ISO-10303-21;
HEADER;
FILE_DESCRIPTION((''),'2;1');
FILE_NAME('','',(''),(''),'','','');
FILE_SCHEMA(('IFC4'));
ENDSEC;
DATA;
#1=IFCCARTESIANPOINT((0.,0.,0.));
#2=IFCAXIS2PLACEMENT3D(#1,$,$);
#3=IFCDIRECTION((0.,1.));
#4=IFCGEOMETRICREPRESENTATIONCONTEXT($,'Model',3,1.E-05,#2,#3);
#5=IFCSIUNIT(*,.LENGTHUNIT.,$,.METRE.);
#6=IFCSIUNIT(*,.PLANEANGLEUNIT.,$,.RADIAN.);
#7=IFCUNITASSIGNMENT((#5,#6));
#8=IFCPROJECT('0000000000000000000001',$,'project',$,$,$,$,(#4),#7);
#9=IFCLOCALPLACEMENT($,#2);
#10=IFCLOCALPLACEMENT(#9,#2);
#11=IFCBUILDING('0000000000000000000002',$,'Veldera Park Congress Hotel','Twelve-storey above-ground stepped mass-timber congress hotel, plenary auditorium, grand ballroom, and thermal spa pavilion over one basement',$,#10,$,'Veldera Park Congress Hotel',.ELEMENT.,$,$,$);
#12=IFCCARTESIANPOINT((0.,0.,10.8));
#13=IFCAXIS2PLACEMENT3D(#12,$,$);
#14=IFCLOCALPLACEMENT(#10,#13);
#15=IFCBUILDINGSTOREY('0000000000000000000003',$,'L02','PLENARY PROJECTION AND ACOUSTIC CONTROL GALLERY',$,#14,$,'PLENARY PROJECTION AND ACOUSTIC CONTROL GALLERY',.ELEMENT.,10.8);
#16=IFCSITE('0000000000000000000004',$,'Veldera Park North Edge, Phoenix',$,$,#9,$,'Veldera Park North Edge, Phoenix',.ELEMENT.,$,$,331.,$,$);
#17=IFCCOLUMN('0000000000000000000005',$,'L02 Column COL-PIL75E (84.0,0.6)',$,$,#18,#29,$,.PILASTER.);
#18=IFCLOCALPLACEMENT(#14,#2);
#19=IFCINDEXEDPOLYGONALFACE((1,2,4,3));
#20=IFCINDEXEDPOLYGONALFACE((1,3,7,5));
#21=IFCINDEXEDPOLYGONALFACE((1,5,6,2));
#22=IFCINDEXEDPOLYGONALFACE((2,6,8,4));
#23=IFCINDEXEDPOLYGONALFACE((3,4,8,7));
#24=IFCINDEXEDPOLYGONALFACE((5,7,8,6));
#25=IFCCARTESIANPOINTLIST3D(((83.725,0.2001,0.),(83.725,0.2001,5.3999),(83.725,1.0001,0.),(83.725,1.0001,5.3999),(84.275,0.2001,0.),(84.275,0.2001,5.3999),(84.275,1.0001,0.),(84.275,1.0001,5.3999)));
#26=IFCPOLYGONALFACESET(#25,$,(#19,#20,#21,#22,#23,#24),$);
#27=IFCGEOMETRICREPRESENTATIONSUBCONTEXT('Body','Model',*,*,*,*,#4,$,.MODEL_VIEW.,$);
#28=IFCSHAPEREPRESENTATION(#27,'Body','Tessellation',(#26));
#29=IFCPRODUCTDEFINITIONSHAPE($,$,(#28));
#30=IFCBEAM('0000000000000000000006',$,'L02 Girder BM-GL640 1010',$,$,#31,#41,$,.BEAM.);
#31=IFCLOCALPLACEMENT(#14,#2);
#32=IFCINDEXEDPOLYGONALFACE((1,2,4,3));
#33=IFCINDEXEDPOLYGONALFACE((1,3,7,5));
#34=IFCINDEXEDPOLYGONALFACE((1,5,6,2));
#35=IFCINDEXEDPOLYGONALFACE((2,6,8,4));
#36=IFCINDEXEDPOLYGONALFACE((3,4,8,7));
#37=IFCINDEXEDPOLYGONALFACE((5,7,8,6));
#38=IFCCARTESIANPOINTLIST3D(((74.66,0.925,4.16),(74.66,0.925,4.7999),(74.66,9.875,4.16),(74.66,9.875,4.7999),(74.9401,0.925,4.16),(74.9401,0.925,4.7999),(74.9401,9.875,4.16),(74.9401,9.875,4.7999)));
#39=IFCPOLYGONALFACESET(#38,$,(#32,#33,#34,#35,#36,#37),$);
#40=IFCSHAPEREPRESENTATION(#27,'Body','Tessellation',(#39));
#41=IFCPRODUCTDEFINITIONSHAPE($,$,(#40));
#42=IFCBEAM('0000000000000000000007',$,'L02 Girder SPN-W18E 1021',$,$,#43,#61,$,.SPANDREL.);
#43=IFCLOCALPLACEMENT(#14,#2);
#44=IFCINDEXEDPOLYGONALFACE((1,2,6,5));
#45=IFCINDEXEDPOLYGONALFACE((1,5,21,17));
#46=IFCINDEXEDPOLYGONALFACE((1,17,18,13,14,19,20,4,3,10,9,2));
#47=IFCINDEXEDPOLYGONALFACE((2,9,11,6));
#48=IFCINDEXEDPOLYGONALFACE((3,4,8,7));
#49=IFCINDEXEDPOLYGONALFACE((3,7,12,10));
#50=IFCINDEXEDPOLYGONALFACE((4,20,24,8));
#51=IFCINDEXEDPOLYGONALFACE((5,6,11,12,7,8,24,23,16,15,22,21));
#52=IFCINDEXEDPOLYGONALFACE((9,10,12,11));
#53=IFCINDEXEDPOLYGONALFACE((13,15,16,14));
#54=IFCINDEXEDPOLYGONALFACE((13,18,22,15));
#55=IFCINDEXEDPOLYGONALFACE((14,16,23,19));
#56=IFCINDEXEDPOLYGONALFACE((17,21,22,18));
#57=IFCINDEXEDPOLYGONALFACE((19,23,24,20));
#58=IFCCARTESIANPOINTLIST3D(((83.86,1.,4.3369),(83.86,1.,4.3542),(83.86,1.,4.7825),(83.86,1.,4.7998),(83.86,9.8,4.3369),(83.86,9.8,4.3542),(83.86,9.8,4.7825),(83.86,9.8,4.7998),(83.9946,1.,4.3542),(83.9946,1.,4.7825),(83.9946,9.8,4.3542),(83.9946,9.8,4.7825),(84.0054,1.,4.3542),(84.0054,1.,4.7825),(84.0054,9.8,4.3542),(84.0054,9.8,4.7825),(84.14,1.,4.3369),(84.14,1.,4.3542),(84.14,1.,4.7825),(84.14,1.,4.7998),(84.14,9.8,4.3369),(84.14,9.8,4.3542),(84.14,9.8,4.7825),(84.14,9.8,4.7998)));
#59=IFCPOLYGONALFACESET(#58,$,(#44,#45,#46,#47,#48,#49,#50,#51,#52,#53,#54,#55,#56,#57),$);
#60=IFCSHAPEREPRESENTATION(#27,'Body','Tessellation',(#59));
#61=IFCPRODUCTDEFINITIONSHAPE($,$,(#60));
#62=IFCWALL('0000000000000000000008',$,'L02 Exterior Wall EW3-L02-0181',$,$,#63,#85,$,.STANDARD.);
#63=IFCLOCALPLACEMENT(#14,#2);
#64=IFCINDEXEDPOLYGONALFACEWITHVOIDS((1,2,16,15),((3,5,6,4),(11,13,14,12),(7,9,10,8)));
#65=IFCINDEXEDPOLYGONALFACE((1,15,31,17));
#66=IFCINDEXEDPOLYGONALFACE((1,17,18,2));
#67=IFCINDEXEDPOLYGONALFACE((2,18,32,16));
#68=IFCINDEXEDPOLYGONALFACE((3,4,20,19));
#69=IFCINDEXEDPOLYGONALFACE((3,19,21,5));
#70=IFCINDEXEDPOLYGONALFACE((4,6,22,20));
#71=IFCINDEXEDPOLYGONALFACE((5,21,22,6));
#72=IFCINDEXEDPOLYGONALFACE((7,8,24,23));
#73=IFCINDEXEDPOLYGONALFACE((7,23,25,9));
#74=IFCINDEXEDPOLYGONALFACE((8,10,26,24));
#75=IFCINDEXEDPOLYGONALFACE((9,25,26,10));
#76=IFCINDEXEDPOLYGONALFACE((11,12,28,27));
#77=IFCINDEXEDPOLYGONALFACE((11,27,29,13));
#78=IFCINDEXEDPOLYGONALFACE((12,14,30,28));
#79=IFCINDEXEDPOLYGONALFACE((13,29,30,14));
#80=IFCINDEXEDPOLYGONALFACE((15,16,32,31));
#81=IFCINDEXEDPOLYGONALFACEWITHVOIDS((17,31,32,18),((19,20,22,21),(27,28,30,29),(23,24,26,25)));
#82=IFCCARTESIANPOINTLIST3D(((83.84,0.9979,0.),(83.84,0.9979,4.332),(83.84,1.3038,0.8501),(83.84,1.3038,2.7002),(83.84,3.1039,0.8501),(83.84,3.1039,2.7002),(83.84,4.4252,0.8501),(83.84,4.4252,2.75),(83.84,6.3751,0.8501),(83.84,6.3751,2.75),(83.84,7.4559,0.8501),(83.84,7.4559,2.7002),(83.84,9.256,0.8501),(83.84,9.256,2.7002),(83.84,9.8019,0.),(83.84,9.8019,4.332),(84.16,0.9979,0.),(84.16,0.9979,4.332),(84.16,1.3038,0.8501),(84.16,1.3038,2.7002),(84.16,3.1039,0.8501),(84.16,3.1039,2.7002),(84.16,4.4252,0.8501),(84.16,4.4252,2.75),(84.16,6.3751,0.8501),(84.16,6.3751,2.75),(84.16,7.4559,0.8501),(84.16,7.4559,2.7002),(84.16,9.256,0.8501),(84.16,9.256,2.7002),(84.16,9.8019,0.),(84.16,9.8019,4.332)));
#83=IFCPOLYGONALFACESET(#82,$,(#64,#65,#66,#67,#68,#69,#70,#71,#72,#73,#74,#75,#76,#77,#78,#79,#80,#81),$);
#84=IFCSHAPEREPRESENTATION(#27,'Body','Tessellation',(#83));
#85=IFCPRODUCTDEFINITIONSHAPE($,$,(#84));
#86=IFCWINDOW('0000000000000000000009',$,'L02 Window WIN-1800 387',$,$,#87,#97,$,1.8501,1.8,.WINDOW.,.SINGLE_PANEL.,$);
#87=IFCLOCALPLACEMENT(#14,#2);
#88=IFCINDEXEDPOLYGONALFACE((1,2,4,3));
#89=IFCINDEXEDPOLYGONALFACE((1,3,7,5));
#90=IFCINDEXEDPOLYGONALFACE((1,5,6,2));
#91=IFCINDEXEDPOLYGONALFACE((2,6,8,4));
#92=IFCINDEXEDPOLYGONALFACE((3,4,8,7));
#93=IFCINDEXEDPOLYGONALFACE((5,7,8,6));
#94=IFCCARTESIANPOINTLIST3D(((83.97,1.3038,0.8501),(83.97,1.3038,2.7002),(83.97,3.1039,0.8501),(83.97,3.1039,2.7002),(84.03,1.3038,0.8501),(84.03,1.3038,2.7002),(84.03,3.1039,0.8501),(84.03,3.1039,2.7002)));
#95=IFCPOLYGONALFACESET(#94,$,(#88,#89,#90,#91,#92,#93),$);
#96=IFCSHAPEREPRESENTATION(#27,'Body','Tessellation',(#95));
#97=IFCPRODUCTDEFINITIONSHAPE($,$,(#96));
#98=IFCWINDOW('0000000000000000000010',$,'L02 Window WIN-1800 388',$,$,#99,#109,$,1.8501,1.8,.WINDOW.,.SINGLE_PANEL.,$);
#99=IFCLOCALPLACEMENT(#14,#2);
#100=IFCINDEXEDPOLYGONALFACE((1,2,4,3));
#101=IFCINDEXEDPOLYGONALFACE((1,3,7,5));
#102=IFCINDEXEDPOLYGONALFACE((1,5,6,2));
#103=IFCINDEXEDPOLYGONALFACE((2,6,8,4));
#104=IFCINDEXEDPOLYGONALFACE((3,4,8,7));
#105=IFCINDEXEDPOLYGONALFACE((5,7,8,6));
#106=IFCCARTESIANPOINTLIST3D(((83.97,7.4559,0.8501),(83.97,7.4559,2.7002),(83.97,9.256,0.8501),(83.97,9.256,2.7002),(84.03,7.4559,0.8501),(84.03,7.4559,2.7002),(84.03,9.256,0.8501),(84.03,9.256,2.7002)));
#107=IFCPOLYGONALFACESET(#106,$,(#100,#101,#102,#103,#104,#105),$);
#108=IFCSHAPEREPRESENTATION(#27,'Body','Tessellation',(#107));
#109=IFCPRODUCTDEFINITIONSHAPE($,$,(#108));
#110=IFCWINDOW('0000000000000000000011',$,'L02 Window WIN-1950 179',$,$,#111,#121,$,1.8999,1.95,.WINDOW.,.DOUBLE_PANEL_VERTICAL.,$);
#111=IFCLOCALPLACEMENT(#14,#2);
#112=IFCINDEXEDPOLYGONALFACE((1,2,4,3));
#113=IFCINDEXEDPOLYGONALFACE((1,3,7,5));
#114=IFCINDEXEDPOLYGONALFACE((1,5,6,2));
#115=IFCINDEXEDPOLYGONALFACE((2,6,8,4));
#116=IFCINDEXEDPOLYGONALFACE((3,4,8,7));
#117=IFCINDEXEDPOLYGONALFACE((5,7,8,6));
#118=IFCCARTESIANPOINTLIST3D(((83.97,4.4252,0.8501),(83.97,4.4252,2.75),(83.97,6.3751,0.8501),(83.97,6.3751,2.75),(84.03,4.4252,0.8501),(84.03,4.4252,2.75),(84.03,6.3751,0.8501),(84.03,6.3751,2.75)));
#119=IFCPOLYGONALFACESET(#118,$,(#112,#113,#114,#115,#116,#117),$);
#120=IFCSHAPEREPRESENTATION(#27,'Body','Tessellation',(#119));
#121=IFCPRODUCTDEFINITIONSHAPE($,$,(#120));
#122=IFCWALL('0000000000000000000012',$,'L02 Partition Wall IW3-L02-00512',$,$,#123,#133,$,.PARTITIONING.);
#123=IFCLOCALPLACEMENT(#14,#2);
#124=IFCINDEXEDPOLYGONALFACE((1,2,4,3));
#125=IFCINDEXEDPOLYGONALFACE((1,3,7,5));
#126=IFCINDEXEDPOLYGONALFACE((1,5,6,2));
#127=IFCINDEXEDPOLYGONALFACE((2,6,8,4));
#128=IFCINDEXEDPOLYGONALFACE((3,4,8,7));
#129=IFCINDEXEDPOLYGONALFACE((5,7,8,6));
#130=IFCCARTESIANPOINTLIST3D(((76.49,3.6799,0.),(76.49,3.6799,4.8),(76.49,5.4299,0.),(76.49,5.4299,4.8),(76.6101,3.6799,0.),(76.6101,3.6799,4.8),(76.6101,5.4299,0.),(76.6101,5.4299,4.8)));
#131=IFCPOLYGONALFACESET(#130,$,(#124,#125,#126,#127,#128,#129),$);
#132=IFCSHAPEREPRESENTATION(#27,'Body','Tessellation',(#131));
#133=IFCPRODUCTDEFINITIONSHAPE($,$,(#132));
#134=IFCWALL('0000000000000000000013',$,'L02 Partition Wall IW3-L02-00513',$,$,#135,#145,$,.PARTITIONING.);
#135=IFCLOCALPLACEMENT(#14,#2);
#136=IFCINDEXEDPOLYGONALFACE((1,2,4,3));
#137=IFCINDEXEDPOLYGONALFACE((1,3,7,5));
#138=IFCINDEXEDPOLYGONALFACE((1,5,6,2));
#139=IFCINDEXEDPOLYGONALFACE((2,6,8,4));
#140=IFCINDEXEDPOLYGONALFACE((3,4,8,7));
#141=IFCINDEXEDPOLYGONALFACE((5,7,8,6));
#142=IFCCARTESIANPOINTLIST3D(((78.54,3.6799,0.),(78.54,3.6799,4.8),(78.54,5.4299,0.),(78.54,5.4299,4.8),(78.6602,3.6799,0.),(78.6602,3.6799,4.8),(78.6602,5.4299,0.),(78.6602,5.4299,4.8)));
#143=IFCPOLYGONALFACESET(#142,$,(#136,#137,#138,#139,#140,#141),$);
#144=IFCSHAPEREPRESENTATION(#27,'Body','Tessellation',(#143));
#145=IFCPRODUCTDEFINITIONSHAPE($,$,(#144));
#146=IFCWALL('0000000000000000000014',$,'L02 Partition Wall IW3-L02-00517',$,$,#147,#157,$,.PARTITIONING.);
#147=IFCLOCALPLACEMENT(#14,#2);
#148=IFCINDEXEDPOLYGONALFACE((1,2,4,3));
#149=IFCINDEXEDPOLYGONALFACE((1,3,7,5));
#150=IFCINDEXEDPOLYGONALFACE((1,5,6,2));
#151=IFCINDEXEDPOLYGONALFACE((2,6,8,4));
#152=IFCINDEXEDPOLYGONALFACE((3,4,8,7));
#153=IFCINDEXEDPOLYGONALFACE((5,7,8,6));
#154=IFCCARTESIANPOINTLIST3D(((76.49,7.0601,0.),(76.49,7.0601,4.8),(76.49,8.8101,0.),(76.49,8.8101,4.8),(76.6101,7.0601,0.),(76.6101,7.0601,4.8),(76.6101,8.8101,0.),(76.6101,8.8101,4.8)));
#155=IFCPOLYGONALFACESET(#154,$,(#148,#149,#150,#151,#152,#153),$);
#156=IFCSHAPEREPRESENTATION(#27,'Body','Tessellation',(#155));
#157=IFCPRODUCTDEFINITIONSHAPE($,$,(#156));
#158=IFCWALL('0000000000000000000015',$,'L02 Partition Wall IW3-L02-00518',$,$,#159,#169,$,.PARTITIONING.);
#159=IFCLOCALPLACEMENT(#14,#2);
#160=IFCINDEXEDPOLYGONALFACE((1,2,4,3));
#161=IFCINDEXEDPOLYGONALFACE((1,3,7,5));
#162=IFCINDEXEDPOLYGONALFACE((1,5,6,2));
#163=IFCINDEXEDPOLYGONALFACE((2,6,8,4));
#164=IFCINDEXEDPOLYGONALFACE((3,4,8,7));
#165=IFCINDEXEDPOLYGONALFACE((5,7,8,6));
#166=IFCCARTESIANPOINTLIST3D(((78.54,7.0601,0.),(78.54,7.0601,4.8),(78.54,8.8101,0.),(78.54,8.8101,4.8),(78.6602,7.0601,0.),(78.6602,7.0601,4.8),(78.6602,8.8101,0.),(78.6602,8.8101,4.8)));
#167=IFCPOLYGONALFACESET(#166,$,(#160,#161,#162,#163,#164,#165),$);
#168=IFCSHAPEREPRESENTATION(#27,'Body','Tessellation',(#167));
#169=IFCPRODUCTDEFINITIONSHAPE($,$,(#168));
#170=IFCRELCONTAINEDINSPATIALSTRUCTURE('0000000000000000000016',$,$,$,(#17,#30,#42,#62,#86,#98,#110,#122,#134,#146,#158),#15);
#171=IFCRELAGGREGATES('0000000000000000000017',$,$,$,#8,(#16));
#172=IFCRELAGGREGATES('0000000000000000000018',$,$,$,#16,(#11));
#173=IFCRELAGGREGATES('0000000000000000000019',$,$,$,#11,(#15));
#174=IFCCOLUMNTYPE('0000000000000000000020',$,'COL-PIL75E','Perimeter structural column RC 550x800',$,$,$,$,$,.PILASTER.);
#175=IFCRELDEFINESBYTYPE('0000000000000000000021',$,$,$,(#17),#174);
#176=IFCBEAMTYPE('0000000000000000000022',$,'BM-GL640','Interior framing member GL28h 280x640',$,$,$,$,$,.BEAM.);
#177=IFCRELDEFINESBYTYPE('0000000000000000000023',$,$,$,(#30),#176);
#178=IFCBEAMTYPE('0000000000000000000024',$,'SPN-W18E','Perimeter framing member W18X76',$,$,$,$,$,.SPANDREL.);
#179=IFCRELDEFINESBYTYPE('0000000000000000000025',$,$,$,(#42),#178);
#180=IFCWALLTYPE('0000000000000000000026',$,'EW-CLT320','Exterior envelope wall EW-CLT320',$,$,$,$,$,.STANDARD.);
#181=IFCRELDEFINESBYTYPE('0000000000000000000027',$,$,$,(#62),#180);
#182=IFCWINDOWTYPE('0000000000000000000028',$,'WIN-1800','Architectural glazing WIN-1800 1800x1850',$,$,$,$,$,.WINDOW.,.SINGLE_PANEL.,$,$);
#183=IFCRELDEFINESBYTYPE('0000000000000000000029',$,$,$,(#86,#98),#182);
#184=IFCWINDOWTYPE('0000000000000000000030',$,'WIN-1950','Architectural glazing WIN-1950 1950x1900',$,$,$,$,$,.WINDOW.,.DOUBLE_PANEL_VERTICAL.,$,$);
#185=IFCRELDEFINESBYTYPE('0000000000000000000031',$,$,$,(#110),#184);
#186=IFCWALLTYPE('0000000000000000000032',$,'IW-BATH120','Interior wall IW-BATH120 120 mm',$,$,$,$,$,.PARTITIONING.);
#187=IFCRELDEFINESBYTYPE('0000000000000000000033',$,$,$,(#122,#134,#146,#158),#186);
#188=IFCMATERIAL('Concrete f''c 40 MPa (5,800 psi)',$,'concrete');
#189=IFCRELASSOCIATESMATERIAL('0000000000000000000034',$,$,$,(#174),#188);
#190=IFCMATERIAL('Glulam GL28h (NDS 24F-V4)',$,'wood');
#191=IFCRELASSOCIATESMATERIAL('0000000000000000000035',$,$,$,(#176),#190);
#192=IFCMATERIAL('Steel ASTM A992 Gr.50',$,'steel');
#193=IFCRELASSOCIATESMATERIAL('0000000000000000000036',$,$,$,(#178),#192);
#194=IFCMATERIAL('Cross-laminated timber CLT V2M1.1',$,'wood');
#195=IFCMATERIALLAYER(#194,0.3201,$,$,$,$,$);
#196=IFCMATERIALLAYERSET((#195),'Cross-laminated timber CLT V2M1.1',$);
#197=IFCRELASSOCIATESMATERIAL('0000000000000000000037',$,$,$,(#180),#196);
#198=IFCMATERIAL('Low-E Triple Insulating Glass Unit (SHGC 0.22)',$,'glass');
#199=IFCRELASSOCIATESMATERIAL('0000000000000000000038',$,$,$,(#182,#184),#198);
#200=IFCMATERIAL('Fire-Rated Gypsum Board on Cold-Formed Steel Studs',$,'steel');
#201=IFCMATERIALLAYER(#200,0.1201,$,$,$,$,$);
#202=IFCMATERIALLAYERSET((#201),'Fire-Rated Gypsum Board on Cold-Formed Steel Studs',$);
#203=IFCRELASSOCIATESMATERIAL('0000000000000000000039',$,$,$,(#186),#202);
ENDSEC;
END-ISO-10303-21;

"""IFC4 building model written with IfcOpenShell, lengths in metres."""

from ifc_helpers import new_model, si_unit, direction, frame, frame_2d, origin, origin_2d, place, context, subcontext, project, spatial, rectangle, i_section, extrude, material, layer, layer_set, material_profile, profile_set, type_object, element, fill, save


model = new_model("IFC4")

# Units and contexts
model_context = context("Model", 3, precision=1e-05, world=origin(), true_north=direction((0.0, 1.0)))
body_context = subcontext(model_context, "Body", "Model", "MODEL_VIEW")
ifc_project = project(units=[si_unit("LENGTHUNIT", "METRE"), si_unit("PLANEANGLEUNIT", "RADIAN")], contexts=[model_context])

# Site, building, storey
site_placement = place(None, origin())
site = spatial("IfcSite", under=ifc_project, at=site_placement, Name="Veldera Park North Edge, Phoenix", LongName="Veldera Park North Edge, Phoenix", CompositionType="ELEMENT", RefElevation=331.0)
building_placement = place(site_placement, origin())
building = spatial("IfcBuilding", under=site, at=building_placement, Name="Veldera Park Congress Hotel", Description="Twelve-storey above-ground stepped mass-timber congress hotel, plenary auditorium, grand ballroom, and thermal spa pavilion over one basement", LongName="Veldera Park Congress Hotel", CompositionType="ELEMENT")
storey_placement = place(building_placement, frame((0.0, 0.0, 10.8)))
storey = spatial("IfcBuildingStorey", under=building, at=storey_placement, Name="L02", Description="PLENARY PROJECTION AND ACOUSTIC CONTROL GALLERY", LongName="PLENARY PROJECTION AND ACOUSTIC CONTROL GALLERY", CompositionType="ELEMENT", Elevation=10.8)

# Column
ifc_material_1 = material(Name="Concrete f'c 40 MPa (5,800 psi)", Category="concrete")
ifc_material_profile_1 = material_profile(ifc_material_1, rectangle(XDim=0.55, YDim=0.8, at=origin_2d()), Name="RC 550x800")
ifc_profile_set_1 = profile_set([ifc_material_profile_1], Name="Concrete f'c 40 MPa (5,800 psi)")
column_type = type_object("IfcColumnType", Name="COL-PIL75E", Description="Perimeter structural column RC 550x800", PredefinedType="PILASTER", material=ifc_profile_set_1)
column_placement = place(storey_placement, frame((84.0, 0.6001, 0.0), z_axis=(0.0, 0.0, 1.0), x_axis=(1.0, 0.0, 0.0)))
element("IfcColumn", 1, at=column_placement, inside=storey, type_object=column_type, Name="L02 Column COL-PIL75E (84.0,0.6)", PredefinedType="PILASTER", context=body_context, shape_type="SweptSolid", body=[
    extrude(rectangle(XDim=0.55, YDim=0.8, at=origin_2d()), origin(), (0.0, 0.0, 1.0), 5.3999),
])

# Beams
ifc_material_2 = material(Name="Glulam GL28h (NDS 24F-V4)", Category="wood")
ifc_material_profile_2 = material_profile(ifc_material_2, rectangle(XDim=0.28, YDim=0.6399, at=origin_2d()), Name="GL28h 280x640")
ifc_profile_set_2 = profile_set([ifc_material_profile_2], Name="Glulam GL28h (NDS 24F-V4)")
beam_type_1 = type_object("IfcBeamType", Name="BM-GL640", Description="Interior framing member GL28h 280x640", PredefinedType="BEAM", material=ifc_profile_set_2)
beam_1_placement = place(storey_placement, frame((74.8, 0.925, 4.48), z_axis=(0.0, 1.0, 0.0), x_axis=(-1.0, 0.0, 0.0)))
element("IfcBeam", 2, at=beam_1_placement, inside=storey, type_object=beam_type_1, Name="L02 Girder BM-GL640 1010", PredefinedType="BEAM", context=body_context, shape_type="SweptSolid", body=[
    extrude(rectangle(XDim=0.28, YDim=0.6399, at=origin_2d()), origin(), (0.0, 0.0, 1.0), 8.95),
])
ifc_material_3 = material(Name="Steel ASTM A992 Gr.50", Category="steel")
ifc_material_profile_3 = material_profile(ifc_material_3, i_section(OverallWidth=0.28, OverallDepth=0.4629, WebThickness=0.0107, FlangeThickness=0.0173, at=origin_2d()), Name="W18X76")
ifc_profile_set_3 = profile_set([ifc_material_profile_3], Name="Steel ASTM A992 Gr.50")
beam_type_2 = type_object("IfcBeamType", Name="SPN-W18E", Description="Perimeter framing member W18X76", PredefinedType="SPANDREL", material=ifc_profile_set_3)
beam_2_placement = place(storey_placement, frame((84.0, 1.0, 4.5684), z_axis=(0.0, 1.0, 0.0), x_axis=(-1.0, 0.0, 0.0)))
element("IfcBeam", 3, at=beam_2_placement, inside=storey, type_object=beam_type_2, Name="L02 Girder SPN-W18E 1021", PredefinedType="SPANDREL", context=body_context, shape_type="SweptSolid", body=[
    extrude(i_section(OverallWidth=0.28, OverallDepth=0.4629, WebThickness=0.0107, FlangeThickness=0.0173, at=origin_2d()), origin(), (0.0, 0.0, 1.0), 8.8),
])

# Wall, openings, windows
ifc_material_4 = material(Name="Cross-laminated timber CLT V2M1.1", Category="wood")
ifc_layer_1 = layer(ifc_material_4, 0.3201)
ifc_layer_set_1 = layer_set([ifc_layer_1], Name="Cross-laminated timber CLT V2M1.1")
wall_type_1 = type_object("IfcWallType", Name="EW-CLT320", Description="Exterior envelope wall EW-CLT320", PredefinedType="STANDARD", material=ifc_layer_set_1)
wall_1_placement = place(storey_placement, frame((84.0, 0.998, 0.0), z_axis=(0.0, 0.0, 1.0), x_axis=(0.0, 1.0, 0.0)))
wall_1 = element("IfcWall", 4, at=wall_1_placement, inside=storey, type_object=wall_type_1, Name="L02 Exterior Wall EW3-L02-0181", PredefinedType="STANDARD", context=body_context, shape_type="SweptSolid", body=[
    extrude(rectangle(XDim=8.804, YDim=0.3201, at=frame_2d((4.4019, 0.0))), origin(), (0.0, 0.0, 1.0), 4.332),
])
opening_1_placement = place(wall_1_placement, frame((3.427, 0.0, 0.8501)))
opening_1 = element("IfcOpeningElement", 5, at=opening_1_placement, cuts=wall_1, PredefinedType="OPENING", context=body_context, shape_type="SweptSolid", body=[
    extrude(rectangle(XDim=1.95, YDim=1.8999, at=frame_2d((0.9751, 0.95))), frame((0.0, 0.1721, 0.0), z_axis=(0.0, -1.0, 0.0), x_axis=(1.0, 0.0, 0.0)), (0.0, 0.0, 1.0), 0.344),
])
opening_2_placement = place(wall_1_placement, frame((0.3059, 0.0, 0.8501)))
opening_2 = element("IfcOpeningElement", 6, at=opening_2_placement, cuts=wall_1, PredefinedType="OPENING", context=body_context, shape_type="SweptSolid", body=[
    extrude(rectangle(XDim=1.8, YDim=1.8501, at=frame_2d((0.8999, 0.925))), frame((0.0, 0.1721, 0.0), z_axis=(0.0, -1.0, 0.0), x_axis=(1.0, 0.0, 0.0)), (0.0, 0.0, 1.0), 0.344),
])
opening_3_placement = place(wall_1_placement, frame((6.458, 0.0, 0.8501)))
opening_3 = element("IfcOpeningElement", 7, at=opening_3_placement, cuts=wall_1, PredefinedType="OPENING", context=body_context, shape_type="SweptSolid", body=[
    extrude(rectangle(XDim=1.8, YDim=1.8501, at=frame_2d((0.8999, 0.925))), frame((0.0, 0.1721, 0.0), z_axis=(0.0, -1.0, 0.0), x_axis=(1.0, 0.0, 0.0)), (0.0, 0.0, 1.0), 0.344),
])
ifc_material_5 = material(Name="Low-E Triple Insulating Glass Unit (SHGC 0.22)", Category="glass")
window_type_1 = type_object("IfcWindowType", Name="WIN-1800", Description="Architectural glazing WIN-1800 1800x1850", PartitioningType="SINGLE_PANEL", PredefinedType="WINDOW", material=ifc_material_5)
window_1_placement = place(opening_2_placement, origin())
window_1 = element("IfcWindow", 8, at=window_1_placement, inside=storey, type_object=window_type_1, Name="L02 Window WIN-1800 387", OverallHeight=1.8501, OverallWidth=1.8, PartitioningType="SINGLE_PANEL", PredefinedType="WINDOW", context=body_context, shape_type="SweptSolid", body=[
    extrude(rectangle(XDim=1.8, YDim=1.8501, at=frame_2d((0.8999, 0.925))), frame((0.0, 0.03, 0.0), z_axis=(0.0, -1.0, 0.0), x_axis=(1.0, 0.0, 0.0)), (0.0, 0.0, 1.0), 0.0601),
])
fill(opening_2, window_1)
window_2_placement = place(opening_3_placement, origin())
window_2 = element("IfcWindow", 9, at=window_2_placement, inside=storey, type_object=window_type_1, Name="L02 Window WIN-1800 388", OverallHeight=1.8501, OverallWidth=1.8, PartitioningType="SINGLE_PANEL", PredefinedType="WINDOW", context=body_context, shape_type="SweptSolid", body=[
    extrude(rectangle(XDim=1.8, YDim=1.8501, at=frame_2d((0.8999, 0.925))), frame((0.0, 0.03, 0.0), z_axis=(0.0, -1.0, 0.0), x_axis=(1.0, 0.0, 0.0)), (0.0, 0.0, 1.0), 0.0601),
])
fill(opening_3, window_2)
window_type_2 = type_object("IfcWindowType", Name="WIN-1950", Description="Architectural glazing WIN-1950 1950x1900", PartitioningType="DOUBLE_PANEL_VERTICAL", PredefinedType="WINDOW", material=ifc_material_5)
window_3_placement = place(opening_1_placement, origin())
window_3 = element("IfcWindow", 10, at=window_3_placement, inside=storey, type_object=window_type_2, Name="L02 Window WIN-1950 179", OverallHeight=1.8999, OverallWidth=1.95, PartitioningType="DOUBLE_PANEL_VERTICAL", PredefinedType="WINDOW", context=body_context, shape_type="SweptSolid", body=[
    extrude(rectangle(XDim=1.95, YDim=1.8999, at=frame_2d((0.9751, 0.95))), frame((0.0, 0.03, 0.0), z_axis=(0.0, -1.0, 0.0), x_axis=(1.0, 0.0, 0.0)), (0.0, 0.0, 1.0), 0.0601),
])
fill(opening_1, window_3)

# Shared definitions
ifc_material_6 = material(Name="Fire-Rated Gypsum Board on Cold-Formed Steel Studs", Category="steel")
ifc_layer_2 = layer(ifc_material_6, 0.1201)
ifc_layer_set_2 = layer_set([ifc_layer_2], Name="Fire-Rated Gypsum Board on Cold-Formed Steel Studs")
wall_type_2 = type_object("IfcWallType", Name="IW-BATH120", Description="Interior wall IW-BATH120 120 mm", PredefinedType="PARTITIONING", material=ifc_layer_set_2)

# Walls
for number, where, z_axis, x_axis, name in (
    (11, (76.55, 3.6799, 0.0), (0.0, 0.0, 1.0), (0.0, 1.0, 0.0), "L02 Partition Wall IW3-L02-00512"),
    (12, (78.6001, 3.6799, 0.0), (0.0, 0.0, 1.0), (0.0, 1.0, 0.0), "L02 Partition Wall IW3-L02-00513"),
):
    element("IfcWall", number, at=place(storey_placement, frame(where, z_axis=z_axis, x_axis=x_axis)), inside=storey, type_object=wall_type_2, Name=name, PredefinedType="PARTITIONING", context=body_context, shape_type="SweptSolid", body=[
        extrude(rectangle(XDim=1.75, YDim=0.1201, at=frame_2d((0.875, 0.0))), origin(), (0.0, 0.0, 1.0), 4.8),
    ])

# Walls
for number, where, z_axis, x_axis, name in (
    (13, (76.55, 7.0601, 0.0), (0.0, 0.0, 1.0), (0.0, 1.0, 0.0), "L02 Partition Wall IW3-L02-00517"),
    (14, (78.6001, 7.0601, 0.0), (0.0, 0.0, 1.0), (0.0, 1.0, 0.0), "L02 Partition Wall IW3-L02-00518"),
):
    element("IfcWall", number, at=place(storey_placement, frame(where, z_axis=z_axis, x_axis=x_axis)), inside=storey, type_object=wall_type_2, Name=name, PredefinedType="PARTITIONING", context=body_context, shape_type="SweptSolid", body=[
        extrude(rectangle(XDim=1.75, YDim=0.1201, at=frame_2d((0.875, 0.0))), origin(), (0.0, 0.0, 1.0), 4.8),
    ])

save(model, "model.ifc")
